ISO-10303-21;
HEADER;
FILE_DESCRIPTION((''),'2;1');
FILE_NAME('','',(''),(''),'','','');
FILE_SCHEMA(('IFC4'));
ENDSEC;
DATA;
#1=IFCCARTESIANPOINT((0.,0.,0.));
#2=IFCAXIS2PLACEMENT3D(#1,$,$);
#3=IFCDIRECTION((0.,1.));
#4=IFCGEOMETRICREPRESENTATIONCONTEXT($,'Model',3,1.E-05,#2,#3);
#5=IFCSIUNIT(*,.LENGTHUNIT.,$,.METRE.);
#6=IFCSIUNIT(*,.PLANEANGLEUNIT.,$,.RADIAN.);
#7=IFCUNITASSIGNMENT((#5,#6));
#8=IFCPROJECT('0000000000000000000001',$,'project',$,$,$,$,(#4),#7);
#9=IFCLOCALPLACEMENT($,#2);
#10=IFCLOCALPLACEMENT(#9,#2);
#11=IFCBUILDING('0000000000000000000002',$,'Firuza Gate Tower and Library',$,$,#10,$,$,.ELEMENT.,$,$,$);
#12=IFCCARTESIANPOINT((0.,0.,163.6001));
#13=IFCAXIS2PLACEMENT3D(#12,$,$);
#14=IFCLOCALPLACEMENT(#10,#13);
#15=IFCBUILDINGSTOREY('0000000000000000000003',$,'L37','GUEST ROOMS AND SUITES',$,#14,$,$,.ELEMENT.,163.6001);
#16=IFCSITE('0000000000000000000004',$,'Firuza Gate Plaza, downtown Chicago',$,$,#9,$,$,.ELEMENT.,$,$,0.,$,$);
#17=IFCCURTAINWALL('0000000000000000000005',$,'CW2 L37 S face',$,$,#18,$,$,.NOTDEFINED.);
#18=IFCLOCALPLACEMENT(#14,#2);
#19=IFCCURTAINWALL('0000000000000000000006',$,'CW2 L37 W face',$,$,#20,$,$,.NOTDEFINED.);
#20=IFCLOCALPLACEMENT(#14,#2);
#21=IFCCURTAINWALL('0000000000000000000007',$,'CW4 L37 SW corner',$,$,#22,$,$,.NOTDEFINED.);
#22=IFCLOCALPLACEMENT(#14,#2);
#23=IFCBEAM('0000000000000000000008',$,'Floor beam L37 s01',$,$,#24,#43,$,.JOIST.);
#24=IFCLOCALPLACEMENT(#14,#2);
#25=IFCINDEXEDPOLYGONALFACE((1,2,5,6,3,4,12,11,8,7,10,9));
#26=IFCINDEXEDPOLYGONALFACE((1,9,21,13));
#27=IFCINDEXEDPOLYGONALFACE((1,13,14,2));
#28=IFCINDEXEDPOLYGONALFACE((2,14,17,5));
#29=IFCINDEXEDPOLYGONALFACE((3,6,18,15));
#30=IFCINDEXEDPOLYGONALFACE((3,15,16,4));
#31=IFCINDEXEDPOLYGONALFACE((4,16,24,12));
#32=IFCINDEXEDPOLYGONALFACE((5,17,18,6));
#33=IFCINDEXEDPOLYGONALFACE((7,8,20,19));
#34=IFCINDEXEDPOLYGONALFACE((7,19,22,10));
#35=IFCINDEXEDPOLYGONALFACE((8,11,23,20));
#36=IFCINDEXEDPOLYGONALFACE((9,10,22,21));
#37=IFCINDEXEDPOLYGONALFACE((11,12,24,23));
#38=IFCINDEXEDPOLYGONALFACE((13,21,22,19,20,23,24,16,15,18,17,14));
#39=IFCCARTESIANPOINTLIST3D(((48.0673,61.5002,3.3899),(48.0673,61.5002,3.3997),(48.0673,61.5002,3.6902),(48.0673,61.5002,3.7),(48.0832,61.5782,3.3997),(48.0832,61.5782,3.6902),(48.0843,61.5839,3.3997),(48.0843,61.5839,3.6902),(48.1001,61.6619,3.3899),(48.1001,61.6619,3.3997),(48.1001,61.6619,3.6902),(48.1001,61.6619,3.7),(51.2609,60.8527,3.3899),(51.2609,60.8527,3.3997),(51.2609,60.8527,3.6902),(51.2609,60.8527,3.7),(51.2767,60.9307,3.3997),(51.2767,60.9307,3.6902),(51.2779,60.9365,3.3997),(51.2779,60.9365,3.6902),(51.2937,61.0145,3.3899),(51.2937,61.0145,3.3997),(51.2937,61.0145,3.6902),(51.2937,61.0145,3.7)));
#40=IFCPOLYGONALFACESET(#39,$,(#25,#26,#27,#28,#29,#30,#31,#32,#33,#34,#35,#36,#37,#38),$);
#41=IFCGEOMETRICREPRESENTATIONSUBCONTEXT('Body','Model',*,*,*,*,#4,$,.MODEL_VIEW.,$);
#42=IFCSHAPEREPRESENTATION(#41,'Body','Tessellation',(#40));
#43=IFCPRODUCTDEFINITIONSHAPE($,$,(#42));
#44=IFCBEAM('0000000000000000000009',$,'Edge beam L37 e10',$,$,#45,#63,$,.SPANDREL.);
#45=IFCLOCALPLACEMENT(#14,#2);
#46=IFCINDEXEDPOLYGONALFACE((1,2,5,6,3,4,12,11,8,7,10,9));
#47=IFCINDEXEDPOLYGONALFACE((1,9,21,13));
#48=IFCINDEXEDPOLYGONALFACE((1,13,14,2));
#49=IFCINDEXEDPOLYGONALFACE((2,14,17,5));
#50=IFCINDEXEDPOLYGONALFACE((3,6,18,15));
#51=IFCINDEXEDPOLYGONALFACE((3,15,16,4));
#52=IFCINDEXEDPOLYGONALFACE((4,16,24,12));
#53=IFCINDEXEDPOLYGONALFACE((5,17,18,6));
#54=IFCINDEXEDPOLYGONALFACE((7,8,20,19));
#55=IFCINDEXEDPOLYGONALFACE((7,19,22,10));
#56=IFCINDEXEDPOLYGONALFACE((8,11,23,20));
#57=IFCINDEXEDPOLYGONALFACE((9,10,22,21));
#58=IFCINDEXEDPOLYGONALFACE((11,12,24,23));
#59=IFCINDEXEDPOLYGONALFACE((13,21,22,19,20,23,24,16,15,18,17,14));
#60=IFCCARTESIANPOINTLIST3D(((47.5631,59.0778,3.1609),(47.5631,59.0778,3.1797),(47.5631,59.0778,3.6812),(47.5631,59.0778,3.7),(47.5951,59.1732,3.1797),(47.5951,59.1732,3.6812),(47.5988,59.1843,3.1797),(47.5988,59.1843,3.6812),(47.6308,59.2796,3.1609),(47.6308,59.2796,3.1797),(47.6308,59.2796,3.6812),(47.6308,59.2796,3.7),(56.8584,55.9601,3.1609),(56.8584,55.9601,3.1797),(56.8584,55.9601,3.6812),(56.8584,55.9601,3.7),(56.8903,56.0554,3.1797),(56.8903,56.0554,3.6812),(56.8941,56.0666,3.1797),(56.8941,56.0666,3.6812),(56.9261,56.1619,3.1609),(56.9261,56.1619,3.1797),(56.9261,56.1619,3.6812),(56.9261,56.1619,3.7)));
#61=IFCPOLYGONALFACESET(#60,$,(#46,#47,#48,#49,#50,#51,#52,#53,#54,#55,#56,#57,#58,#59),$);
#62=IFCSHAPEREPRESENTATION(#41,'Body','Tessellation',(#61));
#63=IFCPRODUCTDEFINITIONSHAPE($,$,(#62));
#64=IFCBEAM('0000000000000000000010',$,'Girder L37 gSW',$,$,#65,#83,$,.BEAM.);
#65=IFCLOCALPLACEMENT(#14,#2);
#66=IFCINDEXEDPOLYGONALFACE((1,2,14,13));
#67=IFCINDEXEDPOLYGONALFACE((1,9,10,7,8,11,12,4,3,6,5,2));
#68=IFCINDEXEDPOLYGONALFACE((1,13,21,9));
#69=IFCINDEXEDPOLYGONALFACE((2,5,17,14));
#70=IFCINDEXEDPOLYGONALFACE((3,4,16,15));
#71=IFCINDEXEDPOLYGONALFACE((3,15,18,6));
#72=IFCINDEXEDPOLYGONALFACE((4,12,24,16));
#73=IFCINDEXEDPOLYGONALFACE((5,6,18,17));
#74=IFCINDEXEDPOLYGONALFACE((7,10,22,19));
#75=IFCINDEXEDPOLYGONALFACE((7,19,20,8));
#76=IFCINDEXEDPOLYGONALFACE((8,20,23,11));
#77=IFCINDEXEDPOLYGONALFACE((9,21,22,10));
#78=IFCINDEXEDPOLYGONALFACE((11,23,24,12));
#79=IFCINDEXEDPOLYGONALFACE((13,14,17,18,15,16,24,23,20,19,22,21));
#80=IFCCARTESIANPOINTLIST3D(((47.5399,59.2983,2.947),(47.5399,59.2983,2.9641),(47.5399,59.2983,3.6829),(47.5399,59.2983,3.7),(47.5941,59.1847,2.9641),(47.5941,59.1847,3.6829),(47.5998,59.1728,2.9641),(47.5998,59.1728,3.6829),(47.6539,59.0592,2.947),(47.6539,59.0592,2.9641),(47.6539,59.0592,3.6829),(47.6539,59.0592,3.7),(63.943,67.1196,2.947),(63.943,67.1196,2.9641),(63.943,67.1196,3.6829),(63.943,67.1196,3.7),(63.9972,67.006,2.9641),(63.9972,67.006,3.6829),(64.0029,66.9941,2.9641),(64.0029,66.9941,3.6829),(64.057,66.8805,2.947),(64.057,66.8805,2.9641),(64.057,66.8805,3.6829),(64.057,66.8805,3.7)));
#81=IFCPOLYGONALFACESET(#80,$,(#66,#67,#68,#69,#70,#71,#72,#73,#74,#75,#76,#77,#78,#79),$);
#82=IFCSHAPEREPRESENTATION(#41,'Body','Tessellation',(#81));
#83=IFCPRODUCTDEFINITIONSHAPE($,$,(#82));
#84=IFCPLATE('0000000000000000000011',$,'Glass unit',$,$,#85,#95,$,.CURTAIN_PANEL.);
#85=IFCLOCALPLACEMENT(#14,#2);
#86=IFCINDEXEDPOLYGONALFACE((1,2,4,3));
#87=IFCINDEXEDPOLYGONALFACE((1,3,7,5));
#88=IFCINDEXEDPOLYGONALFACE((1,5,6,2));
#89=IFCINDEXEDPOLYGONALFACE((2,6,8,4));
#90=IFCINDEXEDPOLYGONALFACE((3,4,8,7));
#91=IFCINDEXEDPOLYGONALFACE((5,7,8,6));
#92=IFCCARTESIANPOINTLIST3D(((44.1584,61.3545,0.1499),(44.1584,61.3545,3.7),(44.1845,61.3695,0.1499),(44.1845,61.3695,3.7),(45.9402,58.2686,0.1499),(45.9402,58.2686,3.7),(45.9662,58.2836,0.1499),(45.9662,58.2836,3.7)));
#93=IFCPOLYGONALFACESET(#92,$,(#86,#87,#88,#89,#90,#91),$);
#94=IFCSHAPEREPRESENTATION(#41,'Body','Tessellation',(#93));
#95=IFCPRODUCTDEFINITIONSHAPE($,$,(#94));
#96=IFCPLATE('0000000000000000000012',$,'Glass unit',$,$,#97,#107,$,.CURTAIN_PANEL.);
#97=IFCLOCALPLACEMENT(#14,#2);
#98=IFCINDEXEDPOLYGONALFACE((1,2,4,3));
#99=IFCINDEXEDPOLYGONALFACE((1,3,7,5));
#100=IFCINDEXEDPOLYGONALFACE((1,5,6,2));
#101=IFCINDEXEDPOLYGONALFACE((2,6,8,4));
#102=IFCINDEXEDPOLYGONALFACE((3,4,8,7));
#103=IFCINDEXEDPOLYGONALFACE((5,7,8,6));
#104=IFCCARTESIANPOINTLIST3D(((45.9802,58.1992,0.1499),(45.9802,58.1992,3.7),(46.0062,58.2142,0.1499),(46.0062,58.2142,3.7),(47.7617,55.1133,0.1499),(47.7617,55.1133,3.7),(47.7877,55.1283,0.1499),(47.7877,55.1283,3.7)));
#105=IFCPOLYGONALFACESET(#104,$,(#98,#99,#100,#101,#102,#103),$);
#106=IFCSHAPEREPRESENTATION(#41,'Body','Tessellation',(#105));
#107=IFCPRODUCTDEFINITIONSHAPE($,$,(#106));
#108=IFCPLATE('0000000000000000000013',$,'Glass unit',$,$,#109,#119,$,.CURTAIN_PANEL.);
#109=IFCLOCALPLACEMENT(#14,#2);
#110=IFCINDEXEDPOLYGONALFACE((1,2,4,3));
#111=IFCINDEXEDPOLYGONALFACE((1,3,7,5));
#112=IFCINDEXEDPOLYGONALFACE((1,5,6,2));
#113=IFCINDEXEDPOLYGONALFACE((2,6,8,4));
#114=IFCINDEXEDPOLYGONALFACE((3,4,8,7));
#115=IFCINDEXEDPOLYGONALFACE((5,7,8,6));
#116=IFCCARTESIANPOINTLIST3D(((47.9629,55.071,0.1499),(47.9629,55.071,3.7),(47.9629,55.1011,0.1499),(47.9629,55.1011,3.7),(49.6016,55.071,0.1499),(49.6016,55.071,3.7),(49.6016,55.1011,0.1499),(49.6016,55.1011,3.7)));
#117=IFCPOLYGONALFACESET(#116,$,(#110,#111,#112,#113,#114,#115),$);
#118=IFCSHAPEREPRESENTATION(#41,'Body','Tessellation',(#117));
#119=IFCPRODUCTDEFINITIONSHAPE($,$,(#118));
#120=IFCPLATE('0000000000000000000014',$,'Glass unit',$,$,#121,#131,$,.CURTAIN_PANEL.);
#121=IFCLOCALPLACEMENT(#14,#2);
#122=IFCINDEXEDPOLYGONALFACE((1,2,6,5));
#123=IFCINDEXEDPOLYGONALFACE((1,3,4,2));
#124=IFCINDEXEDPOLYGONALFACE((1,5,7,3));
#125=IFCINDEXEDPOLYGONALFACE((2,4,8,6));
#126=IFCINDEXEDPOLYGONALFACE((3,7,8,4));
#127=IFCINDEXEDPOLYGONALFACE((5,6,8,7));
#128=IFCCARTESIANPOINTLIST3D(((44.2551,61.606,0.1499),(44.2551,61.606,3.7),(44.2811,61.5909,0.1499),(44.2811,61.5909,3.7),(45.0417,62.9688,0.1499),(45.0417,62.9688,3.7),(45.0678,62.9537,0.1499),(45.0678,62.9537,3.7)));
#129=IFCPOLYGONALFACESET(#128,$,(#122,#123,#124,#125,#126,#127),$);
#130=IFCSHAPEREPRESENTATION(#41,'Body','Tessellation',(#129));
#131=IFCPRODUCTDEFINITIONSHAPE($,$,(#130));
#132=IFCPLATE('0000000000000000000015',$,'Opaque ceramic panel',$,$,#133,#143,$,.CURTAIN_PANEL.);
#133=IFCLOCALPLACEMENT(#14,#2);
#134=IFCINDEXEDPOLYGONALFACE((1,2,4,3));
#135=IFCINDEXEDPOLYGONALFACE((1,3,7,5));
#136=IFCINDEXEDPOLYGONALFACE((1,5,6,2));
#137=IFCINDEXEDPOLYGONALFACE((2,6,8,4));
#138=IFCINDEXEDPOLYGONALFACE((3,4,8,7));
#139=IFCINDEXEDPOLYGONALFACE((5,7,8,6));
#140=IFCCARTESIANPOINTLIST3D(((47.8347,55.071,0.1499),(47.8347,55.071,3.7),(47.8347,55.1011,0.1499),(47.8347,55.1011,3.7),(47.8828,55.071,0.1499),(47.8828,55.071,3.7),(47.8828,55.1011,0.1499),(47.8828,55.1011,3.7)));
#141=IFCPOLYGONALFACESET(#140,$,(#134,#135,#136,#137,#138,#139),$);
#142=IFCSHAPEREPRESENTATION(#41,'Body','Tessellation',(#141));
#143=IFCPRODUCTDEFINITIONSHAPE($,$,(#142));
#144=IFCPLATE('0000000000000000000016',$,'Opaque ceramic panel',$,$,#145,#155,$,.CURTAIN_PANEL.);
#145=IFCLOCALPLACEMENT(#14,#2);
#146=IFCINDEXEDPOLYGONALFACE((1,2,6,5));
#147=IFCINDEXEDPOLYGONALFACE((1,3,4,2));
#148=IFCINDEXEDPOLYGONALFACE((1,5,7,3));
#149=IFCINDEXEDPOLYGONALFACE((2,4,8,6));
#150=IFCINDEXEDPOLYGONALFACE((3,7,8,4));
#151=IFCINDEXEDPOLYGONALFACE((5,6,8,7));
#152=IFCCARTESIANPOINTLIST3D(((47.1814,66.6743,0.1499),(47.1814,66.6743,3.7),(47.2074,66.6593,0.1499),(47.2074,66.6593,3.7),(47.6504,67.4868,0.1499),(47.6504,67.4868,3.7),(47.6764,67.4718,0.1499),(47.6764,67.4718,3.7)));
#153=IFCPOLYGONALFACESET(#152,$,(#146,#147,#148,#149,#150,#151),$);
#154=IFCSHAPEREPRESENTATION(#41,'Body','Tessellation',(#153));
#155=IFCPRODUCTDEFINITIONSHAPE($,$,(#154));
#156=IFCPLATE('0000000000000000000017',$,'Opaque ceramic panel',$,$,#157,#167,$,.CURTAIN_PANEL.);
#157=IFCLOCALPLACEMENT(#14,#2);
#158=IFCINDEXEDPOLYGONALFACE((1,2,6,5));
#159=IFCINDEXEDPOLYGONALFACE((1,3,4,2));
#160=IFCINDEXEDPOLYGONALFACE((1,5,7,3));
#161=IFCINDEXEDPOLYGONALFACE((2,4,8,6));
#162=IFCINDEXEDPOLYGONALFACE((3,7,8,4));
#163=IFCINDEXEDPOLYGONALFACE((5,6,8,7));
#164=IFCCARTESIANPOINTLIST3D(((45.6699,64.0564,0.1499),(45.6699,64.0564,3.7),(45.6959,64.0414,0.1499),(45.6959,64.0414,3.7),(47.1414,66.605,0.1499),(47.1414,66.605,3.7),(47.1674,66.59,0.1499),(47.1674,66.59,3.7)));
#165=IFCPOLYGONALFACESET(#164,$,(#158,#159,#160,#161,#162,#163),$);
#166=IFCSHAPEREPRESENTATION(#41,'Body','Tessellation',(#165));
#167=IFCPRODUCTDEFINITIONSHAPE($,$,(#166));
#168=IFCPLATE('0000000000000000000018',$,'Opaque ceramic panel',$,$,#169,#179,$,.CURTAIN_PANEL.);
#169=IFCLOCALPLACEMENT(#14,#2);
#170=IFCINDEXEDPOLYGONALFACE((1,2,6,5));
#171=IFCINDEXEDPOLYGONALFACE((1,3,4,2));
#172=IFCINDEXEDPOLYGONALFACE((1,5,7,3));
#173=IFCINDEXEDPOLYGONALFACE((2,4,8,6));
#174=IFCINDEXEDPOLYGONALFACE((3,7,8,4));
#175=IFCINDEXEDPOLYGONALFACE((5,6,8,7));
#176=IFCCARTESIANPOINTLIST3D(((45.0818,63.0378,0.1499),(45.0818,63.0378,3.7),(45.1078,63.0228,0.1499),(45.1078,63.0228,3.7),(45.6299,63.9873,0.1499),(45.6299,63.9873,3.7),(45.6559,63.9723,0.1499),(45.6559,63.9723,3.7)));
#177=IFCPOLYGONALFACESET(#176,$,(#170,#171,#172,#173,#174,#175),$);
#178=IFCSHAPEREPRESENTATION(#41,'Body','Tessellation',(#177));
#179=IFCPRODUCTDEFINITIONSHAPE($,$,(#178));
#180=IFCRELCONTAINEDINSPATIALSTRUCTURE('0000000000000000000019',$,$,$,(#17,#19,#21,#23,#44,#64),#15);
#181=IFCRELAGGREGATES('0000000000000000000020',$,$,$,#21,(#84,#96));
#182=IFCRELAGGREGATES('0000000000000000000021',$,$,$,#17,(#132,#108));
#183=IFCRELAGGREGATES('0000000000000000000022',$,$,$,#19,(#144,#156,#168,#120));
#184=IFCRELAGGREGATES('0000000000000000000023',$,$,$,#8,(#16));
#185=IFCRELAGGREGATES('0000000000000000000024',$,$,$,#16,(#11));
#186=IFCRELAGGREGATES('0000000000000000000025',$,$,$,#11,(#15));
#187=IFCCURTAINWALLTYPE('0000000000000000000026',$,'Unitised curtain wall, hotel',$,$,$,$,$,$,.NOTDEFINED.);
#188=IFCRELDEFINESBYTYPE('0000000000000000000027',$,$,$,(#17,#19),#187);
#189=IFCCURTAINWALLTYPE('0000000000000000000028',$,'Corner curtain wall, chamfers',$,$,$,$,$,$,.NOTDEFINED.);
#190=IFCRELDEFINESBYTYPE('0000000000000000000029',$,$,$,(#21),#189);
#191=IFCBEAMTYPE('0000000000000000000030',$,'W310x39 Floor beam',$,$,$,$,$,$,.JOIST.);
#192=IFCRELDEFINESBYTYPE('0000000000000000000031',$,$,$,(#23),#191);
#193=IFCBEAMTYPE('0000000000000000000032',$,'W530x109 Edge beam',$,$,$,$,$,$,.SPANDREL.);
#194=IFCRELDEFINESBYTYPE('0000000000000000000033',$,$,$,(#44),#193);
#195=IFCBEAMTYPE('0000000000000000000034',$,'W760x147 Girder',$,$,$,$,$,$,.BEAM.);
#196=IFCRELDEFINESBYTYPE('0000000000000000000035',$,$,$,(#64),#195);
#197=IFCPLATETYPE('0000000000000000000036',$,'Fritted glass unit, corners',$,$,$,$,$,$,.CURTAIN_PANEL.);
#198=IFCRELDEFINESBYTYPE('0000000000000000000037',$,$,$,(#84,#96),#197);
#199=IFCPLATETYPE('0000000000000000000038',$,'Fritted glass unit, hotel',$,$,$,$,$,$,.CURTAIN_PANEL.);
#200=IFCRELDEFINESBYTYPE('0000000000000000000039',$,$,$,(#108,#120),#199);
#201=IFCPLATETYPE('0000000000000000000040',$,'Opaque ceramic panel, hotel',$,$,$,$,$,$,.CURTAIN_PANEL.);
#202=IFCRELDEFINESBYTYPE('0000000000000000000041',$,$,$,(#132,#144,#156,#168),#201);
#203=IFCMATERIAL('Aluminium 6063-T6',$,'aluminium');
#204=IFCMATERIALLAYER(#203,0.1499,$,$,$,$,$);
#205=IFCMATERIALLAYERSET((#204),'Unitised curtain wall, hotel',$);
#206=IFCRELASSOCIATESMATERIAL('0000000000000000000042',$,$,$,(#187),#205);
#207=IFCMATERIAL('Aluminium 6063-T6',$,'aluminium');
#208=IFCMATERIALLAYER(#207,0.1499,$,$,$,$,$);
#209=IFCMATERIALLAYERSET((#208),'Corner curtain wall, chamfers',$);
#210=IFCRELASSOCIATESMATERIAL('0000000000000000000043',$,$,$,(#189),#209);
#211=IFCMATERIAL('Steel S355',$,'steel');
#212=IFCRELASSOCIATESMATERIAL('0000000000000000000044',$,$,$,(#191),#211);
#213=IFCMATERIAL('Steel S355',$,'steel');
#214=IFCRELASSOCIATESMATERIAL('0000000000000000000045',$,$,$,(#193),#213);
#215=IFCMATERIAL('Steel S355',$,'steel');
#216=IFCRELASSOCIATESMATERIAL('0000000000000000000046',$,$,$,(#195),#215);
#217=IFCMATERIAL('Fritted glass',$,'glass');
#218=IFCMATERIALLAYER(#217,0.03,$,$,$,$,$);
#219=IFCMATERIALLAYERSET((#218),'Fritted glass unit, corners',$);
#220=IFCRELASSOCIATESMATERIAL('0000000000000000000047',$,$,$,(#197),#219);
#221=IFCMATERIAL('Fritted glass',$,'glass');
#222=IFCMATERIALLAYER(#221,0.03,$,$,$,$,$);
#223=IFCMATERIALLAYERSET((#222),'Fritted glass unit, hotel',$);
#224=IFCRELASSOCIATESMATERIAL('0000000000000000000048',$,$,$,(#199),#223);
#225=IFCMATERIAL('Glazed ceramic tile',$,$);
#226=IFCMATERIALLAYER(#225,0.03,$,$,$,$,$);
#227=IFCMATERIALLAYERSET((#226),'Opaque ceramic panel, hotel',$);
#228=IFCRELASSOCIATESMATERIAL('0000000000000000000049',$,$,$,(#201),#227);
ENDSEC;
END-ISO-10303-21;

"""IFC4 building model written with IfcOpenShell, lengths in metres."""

from ifc_helpers import new_model, si_unit, direction, frame, origin, origin_2d, place, context, subcontext, project, spatial, polyline, i_section, outline, extrude, material, layer, layer_set, material_profile, profile_set, type_object, element, aggregate, save


model = new_model("IFC4")

# Units and contexts
model_context = context("Model", 3, precision=1e-05, world=origin(), true_north=direction((0.0, 1.0)))
body_context = subcontext(model_context, "Body", "Model", "MODEL_VIEW")
ifc_project = project(units=[si_unit("LENGTHUNIT", "METRE"), si_unit("PLANEANGLEUNIT", "RADIAN")], contexts=[model_context])

# Site, building, storey
site_placement = place(None, origin())
site = spatial("IfcSite", under=ifc_project, at=site_placement, Name="Firuza Gate Plaza, downtown Chicago", CompositionType="ELEMENT", RefElevation=0.0)
building_placement = place(site_placement, origin())
building = spatial("IfcBuilding", under=site, at=building_placement, Name="Firuza Gate Tower and Library", CompositionType="ELEMENT")
storey_placement = place(building_placement, frame((0.0, 0.0, 163.6001)))
storey = spatial("IfcBuildingStorey", under=building, at=storey_placement, Name="L37", Description="GUEST ROOMS AND SUITES", CompositionType="ELEMENT", Elevation=163.6001)

# Curtain walls
ifc_material_1 = material(Name="Aluminium 6063-T6", Category="aluminium")
ifc_layer_1 = layer(ifc_material_1, 0.1499)
ifc_layer_set_1 = layer_set([ifc_layer_1], Name="Unitised curtain wall, hotel")
curtain_wall_type_1 = type_object("IfcCurtainWallType", Name="Unitised curtain wall, hotel", PredefinedType="NOTDEFINED", material=ifc_layer_set_1)
placement = place(storey_placement, origin())
curtain_wall_1 = element("IfcCurtainWall", 1, at=placement, inside=storey, type_object=curtain_wall_type_1, Name="CW2 L37 S face", PredefinedType="NOTDEFINED")
curtain_wall_2 = element("IfcCurtainWall", 2, at=placement, inside=storey, type_object=curtain_wall_type_1, Name="CW2 L37 W face", PredefinedType="NOTDEFINED")
ifc_material_2 = material(Name="Aluminium 6063-T6", Category="aluminium")
ifc_layer_2 = layer(ifc_material_2, 0.1499)
ifc_layer_set_2 = layer_set([ifc_layer_2], Name="Corner curtain wall, chamfers")
curtain_wall_type_2 = type_object("IfcCurtainWallType", Name="Corner curtain wall, chamfers", PredefinedType="NOTDEFINED", material=ifc_layer_set_2)
curtain_wall_3 = element("IfcCurtainWall", 3, at=placement, inside=storey, type_object=curtain_wall_type_2, Name="CW4 L37 SW corner", PredefinedType="NOTDEFINED")

# Beams
ifc_material_3 = material(Name="Steel S355", Category="steel")
ifc_material_profile_1 = material_profile(ifc_material_3, i_section(OverallWidth=0.165, OverallDepth=0.3101, WebThickness=0.0059, FlangeThickness=0.0098, at=origin_2d()))
ifc_profile_set_1 = profile_set([ifc_material_profile_1], Name="Steel S355")
beam_type_1 = type_object("IfcBeamType", Name="W310x39 Floor beam", PredefinedType="JOIST", material=ifc_profile_set_1)
beam_1_placement = place(storey_placement, frame((48.0837, 61.5811, 3.5449), z_axis=(0.980061, -0.198695, 0.0), x_axis=(0.198695, 0.980061, 0.0)))
element("IfcBeam", 4, at=beam_1_placement, inside=storey, type_object=beam_type_1, Name="Floor beam L37 s01", PredefinedType="JOIST", context=body_context, shape_type="SweptSolid", body=[
    extrude(i_section(OverallWidth=0.165, OverallDepth=0.3101, WebThickness=0.0059, FlangeThickness=0.0098, at=origin_2d()), origin(), (0.0, 0.0, 1.0), 3.2585),
])
ifc_material_4 = material(Name="Steel S355", Category="steel")
ifc_material_profile_2 = material_profile(ifc_material_4, i_section(OverallWidth=0.2129, OverallDepth=0.5391, WebThickness=0.0117, FlangeThickness=0.0188, at=origin_2d()))
ifc_profile_set_2 = profile_set([ifc_material_profile_2], Name="Steel S355")
beam_type_2 = type_object("IfcBeamType", Name="W530x109 Edge beam", PredefinedType="SPANDREL", material=ifc_profile_set_2)
beam_2_placement = place(storey_placement, frame((47.5969, 59.1787, 3.4304), z_axis=(0.948091, -0.317998, 0.0), x_axis=(0.317998, 0.948091, 0.0)))
element("IfcBeam", 5, at=beam_2_placement, inside=storey, type_object=beam_type_2, Name="Edge beam L37 e10", PredefinedType="SPANDREL", context=body_context, shape_type="SweptSolid", body=[
    extrude(i_section(OverallWidth=0.2129, OverallDepth=0.5391, WebThickness=0.0117, FlangeThickness=0.0188, at=origin_2d()), origin(), (0.0, 0.0, 1.0), 9.8042),
])
ifc_material_5 = material(Name="Steel S355", Category="steel")
ifc_material_profile_3 = material_profile(ifc_material_5, i_section(OverallWidth=0.2649, OverallDepth=0.7529, WebThickness=0.0132, FlangeThickness=0.0171, at=origin_2d()))
ifc_profile_set_3 = profile_set([ifc_material_profile_3], Name="Steel S355")
beam_type_3 = type_object("IfcBeamType", Name="W760x147 Girder", PredefinedType="BEAM", material=ifc_profile_set_3)
beam_3_placement = place(storey_placement, frame((47.5969, 59.1787, 3.3235), z_axis=(0.90264, 0.430396, 0.0), x_axis=(-0.430396, 0.90264, 0.0)))
element("IfcBeam", 6, at=beam_3_placement, inside=storey, type_object=beam_type_3, Name="Girder L37 gSW", PredefinedType="BEAM", context=body_context, shape_type="SweptSolid", body=[
    extrude(i_section(OverallWidth=0.2649, OverallDepth=0.7529, WebThickness=0.0132, FlangeThickness=0.0171, at=origin_2d()), origin(), (0.0, 0.0, 1.0), 18.1724),
])

# Plates
ifc_material_6 = material(Name="Fritted glass", Category="glass")
ifc_layer_3 = layer(ifc_material_6, 0.03)
ifc_layer_set_3 = layer_set([ifc_layer_3], Name="Fritted glass unit, corners")
plate_type_1 = type_object("IfcPlateType", Name="Fritted glass unit, corners", PredefinedType="CURTAIN_PANEL", material=ifc_layer_set_3)
plate_1_placement = place(storey_placement, frame((44.1584, 61.3545, 0.1499), z_axis=(-0.866017, -0.500015, 0.0), x_axis=(0.500015, -0.866017, 0.0)))
plate_1 = element("IfcPlate", 7, at=plate_1_placement, type_object=plate_type_1, Name="Glass unit", PredefinedType="CURTAIN_PANEL", context=body_context, shape_type="SweptSolid", body=[
    extrude(outline(polyline([(0.0, 0.0), (3.5634, 0.0), (3.5634, 3.55), (0.0, 3.55), (0.0, 0.0)])), origin(), (0.0, 0.0, -1.0), 0.03),
])
plate_2_placement = place(storey_placement, frame((45.9802, 58.1992, 0.1499), z_axis=(-0.866046, -0.499964, 0.0), x_axis=(0.499964, -0.866046, 0.0)))
plate_2 = element("IfcPlate", 8, at=plate_2_placement, type_object=plate_type_1, Name="Glass unit", PredefinedType="CURTAIN_PANEL", context=body_context, shape_type="SweptSolid", body=[
    extrude(outline(polyline([(0.0, 0.0), (3.5632, 0.0), (3.5632, 3.55), (0.0, 3.55), (0.0, 0.0)])), origin(), (0.0, 0.0, -1.0), 0.03),
])
aggregate(curtain_wall_3, [plate_1, plate_2])
ifc_material_7 = material(Name="Fritted glass", Category="glass")
ifc_layer_4 = layer(ifc_material_7, 0.03)
ifc_layer_set_4 = layer_set([ifc_layer_4], Name="Fritted glass unit, hotel")
plate_type_2 = type_object("IfcPlateType", Name="Fritted glass unit, hotel", PredefinedType="CURTAIN_PANEL", material=ifc_layer_set_4)
plate_3_placement = place(storey_placement, frame((47.9629, 55.071, 0.1499), z_axis=(0.0, -1.0, 0.0), x_axis=(1.0, 0.0, 0.0)))
plate_3 = element("IfcPlate", 9, at=plate_3_placement, type_object=plate_type_2, Name="Glass unit", PredefinedType="CURTAIN_PANEL", context=body_context, shape_type="SweptSolid", body=[
    extrude(outline(polyline([(0.0, 0.0), (1.6387, 0.0), (1.6387, 3.55), (0.0, 3.55), (0.0, 0.0)])), origin(), (0.0, 0.0, -1.0), 0.03),
])
plate_4_placement = place(storey_placement, frame((45.0417, 62.9688, 0.1499), z_axis=(-0.866077, 0.49991, 0.0), x_axis=(-0.49991, -0.866077, 0.0)))
plate_4 = element("IfcPlate", 10, at=plate_4_placement, type_object=plate_type_2, Name="Glass unit", PredefinedType="CURTAIN_PANEL", context=body_context, shape_type="SweptSolid", body=[
    extrude(outline(polyline([(0.0, 0.0), (1.5735, 0.0), (1.5735, 3.55), (0.0, 3.55), (0.0, 0.0)])), origin(), (0.0, 0.0, -1.0), 0.03),
])
ifc_material_8 = material(Name="Glazed ceramic tile")
ifc_layer_5 = layer(ifc_material_8, 0.03)
ifc_layer_set_5 = layer_set([ifc_layer_5], Name="Opaque ceramic panel, hotel")
plate_type_3 = type_object("IfcPlateType", Name="Opaque ceramic panel, hotel", PredefinedType="CURTAIN_PANEL", material=ifc_layer_set_5)
plate_5_placement = place(storey_placement, frame((47.8347, 55.071, 0.1499), z_axis=(0.0, -1.0, 0.0), x_axis=(1.0, 0.0, 0.0)))
plate_5 = element("IfcPlate", 11, at=plate_5_placement, type_object=plate_type_3, Name="Opaque ceramic panel", PredefinedType="CURTAIN_PANEL", context=body_context, shape_type="SweptSolid", body=[
    extrude(outline(polyline([(0.0, 0.0), (0.0481, 0.0), (0.0481, 3.55), (0.0, 3.55), (0.0, 0.0)])), origin(), (0.0, 0.0, -1.0), 0.03),
])
aggregate(curtain_wall_1, [plate_5, plate_3])
plate_6_placement = place(storey_placement, frame((47.6504, 67.4868, 0.1499), z_axis=(-0.866073, 0.499918, 0.0), x_axis=(-0.499918, -0.866073, 0.0)))
plate_6 = element("IfcPlate", 12, at=plate_6_placement, type_object=plate_type_3, Name="Opaque ceramic panel", PredefinedType="CURTAIN_PANEL", context=body_context, shape_type="SweptSolid", body=[
    extrude(outline(polyline([(0.0, 0.0), (0.9381, 0.0), (0.9381, 3.55), (0.0, 3.55), (0.0, 0.0)])), origin(), (0.0, 0.0, -1.0), 0.03),
])
plate_7_placement = place(storey_placement, frame((47.1414, 66.605, 0.1499), z_axis=(-0.866024, 0.500003, 0.0), x_axis=(-0.500003, -0.866024, 0.0)))
plate_7 = element("IfcPlate", 13, at=plate_7_placement, type_object=plate_type_3, Name="Opaque ceramic panel", PredefinedType="CURTAIN_PANEL", context=body_context, shape_type="SweptSolid", body=[
    extrude(outline(polyline([(0.0, 0.0), (2.9429, 0.0), (2.9429, 3.55), (0.0, 3.55), (0.0, 0.0)])), origin(), (0.0, 0.0, -1.0), 0.03),
])
plate_8_placement = place(storey_placement, frame((45.6299, 63.9873, 0.1499), z_axis=(-0.866056, 0.499947, 0.0), x_axis=(-0.499947, -0.866056, 0.0)))
plate_8 = element("IfcPlate", 14, at=plate_8_placement, type_object=plate_type_3, Name="Opaque ceramic panel", PredefinedType="CURTAIN_PANEL", context=body_context, shape_type="SweptSolid", body=[
    extrude(outline(polyline([(0.0, 0.0), (1.0963, 0.0), (1.0963, 3.55), (0.0, 3.55), (0.0, 0.0)])), origin(), (0.0, 0.0, -1.0), 0.03),
])
aggregate(curtain_wall_2, [plate_6, plate_7, plate_8, plate_4])

save(model, "model.ifc")
